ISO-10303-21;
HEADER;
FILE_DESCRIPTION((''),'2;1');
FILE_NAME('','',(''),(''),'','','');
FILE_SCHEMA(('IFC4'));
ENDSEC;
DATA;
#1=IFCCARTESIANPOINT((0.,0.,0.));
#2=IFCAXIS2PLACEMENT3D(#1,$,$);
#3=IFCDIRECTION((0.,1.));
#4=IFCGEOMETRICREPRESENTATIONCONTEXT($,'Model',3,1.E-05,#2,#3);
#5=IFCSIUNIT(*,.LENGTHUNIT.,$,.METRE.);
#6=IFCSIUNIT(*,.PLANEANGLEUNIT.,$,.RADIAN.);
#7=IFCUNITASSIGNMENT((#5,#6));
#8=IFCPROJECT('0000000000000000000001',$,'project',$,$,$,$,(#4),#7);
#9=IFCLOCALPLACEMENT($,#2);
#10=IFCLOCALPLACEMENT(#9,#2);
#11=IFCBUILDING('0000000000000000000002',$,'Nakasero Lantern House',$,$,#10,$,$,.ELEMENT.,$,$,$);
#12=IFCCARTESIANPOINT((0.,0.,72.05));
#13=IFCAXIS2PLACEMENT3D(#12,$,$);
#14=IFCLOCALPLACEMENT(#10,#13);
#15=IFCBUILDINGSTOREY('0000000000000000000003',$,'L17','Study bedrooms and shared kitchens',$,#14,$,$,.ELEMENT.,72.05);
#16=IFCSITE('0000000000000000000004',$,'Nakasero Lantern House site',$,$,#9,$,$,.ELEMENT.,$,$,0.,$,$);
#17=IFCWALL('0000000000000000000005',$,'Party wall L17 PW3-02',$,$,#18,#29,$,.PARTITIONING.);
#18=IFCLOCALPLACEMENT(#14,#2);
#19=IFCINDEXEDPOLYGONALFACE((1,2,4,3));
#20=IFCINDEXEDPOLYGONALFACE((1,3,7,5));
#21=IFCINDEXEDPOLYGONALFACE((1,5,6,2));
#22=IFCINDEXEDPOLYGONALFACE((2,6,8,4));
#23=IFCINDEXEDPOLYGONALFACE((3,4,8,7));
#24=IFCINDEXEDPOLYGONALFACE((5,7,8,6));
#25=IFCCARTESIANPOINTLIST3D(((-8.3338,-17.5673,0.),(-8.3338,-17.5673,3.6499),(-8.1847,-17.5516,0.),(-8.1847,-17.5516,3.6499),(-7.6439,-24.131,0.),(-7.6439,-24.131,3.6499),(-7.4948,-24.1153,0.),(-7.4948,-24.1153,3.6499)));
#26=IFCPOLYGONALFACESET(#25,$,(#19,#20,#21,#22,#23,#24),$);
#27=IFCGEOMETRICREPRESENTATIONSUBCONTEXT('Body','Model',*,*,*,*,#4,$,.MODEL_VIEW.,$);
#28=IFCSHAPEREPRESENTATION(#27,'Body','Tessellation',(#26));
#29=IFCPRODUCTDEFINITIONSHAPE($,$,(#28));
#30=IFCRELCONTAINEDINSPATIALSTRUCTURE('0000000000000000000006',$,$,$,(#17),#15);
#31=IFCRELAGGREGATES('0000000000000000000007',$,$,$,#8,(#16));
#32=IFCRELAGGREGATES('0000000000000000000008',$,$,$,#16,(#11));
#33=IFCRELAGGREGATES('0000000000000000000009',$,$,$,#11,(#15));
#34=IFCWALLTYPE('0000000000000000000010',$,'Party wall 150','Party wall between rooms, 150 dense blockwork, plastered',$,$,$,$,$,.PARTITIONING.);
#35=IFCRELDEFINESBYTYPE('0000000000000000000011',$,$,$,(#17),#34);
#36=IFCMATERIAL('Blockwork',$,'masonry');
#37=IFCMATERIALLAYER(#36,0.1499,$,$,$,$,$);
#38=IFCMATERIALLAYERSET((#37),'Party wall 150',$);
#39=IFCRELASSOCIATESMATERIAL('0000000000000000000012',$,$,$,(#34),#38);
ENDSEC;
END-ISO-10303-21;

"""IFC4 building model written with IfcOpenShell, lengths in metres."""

from ifc_helpers import new_model, si_unit, direction, frame, frame_2d, origin, place, context, subcontext, project, spatial, rectangle, extrude, material, layer, layer_set, type_object, element, save


model = new_model("IFC4")

# Units and contexts
model_context = context("Model", 3, precision=1e-05, world=origin(), true_north=direction((0.0, 1.0)))
body_context = subcontext(model_context, "Body", "Model", "MODEL_VIEW")
ifc_project = project(units=[si_unit("LENGTHUNIT", "METRE"), si_unit("PLANEANGLEUNIT", "RADIAN")], contexts=[model_context])

# Site, building, storey
site_placement = place(None, origin())
site = spatial("IfcSite", under=ifc_project, at=site_placement, Name="Nakasero Lantern House site", CompositionType="ELEMENT", RefElevation=0.0)
building_placement = place(site_placement, origin())
building = spatial("IfcBuilding", under=site, at=building_placement, Name="Nakasero Lantern House", CompositionType="ELEMENT")
storey_placement = place(building_placement, frame((0.0, 0.0, 72.05)))
storey = spatial("IfcBuildingStorey", under=building, at=storey_placement, Name="L17", Description="Study bedrooms and shared kitchens", CompositionType="ELEMENT", Elevation=72.05)

# Wall
ifc_material_1 = material(Name="Blockwork", Category="masonry")
ifc_layer_1 = layer(ifc_material_1, 0.1499)
ifc_layer_set_1 = layer_set([ifc_layer_1], Name="Party wall 150")
wall_type_1 = type_object("IfcWallType", Name="Party wall 150", Description="Party wall between rooms, 150 dense blockwork, plastered", PredefinedType="PARTITIONING", material=ifc_layer_set_1)
wall_1_placement = place(storey_placement, frame((-8.2593, -17.5596, 0.0), z_axis=(0.0, 0.0, 1.0), x_axis=(0.104538, -0.994521, 0.0)))
element("IfcWall", 1, at=wall_1_placement, inside=storey, type_object=wall_type_1, Name="Party wall L17 PW3-02", PredefinedType="PARTITIONING", context=body_context, shape_type="SweptSolid", body=[
    extrude(rectangle(XDim=6.5999, YDim=0.1499, at=frame_2d((3.2998, 0.0))), origin(), (0.0, 0.0, 1.0), 3.6499),
])

save(model, "model.ifc")
